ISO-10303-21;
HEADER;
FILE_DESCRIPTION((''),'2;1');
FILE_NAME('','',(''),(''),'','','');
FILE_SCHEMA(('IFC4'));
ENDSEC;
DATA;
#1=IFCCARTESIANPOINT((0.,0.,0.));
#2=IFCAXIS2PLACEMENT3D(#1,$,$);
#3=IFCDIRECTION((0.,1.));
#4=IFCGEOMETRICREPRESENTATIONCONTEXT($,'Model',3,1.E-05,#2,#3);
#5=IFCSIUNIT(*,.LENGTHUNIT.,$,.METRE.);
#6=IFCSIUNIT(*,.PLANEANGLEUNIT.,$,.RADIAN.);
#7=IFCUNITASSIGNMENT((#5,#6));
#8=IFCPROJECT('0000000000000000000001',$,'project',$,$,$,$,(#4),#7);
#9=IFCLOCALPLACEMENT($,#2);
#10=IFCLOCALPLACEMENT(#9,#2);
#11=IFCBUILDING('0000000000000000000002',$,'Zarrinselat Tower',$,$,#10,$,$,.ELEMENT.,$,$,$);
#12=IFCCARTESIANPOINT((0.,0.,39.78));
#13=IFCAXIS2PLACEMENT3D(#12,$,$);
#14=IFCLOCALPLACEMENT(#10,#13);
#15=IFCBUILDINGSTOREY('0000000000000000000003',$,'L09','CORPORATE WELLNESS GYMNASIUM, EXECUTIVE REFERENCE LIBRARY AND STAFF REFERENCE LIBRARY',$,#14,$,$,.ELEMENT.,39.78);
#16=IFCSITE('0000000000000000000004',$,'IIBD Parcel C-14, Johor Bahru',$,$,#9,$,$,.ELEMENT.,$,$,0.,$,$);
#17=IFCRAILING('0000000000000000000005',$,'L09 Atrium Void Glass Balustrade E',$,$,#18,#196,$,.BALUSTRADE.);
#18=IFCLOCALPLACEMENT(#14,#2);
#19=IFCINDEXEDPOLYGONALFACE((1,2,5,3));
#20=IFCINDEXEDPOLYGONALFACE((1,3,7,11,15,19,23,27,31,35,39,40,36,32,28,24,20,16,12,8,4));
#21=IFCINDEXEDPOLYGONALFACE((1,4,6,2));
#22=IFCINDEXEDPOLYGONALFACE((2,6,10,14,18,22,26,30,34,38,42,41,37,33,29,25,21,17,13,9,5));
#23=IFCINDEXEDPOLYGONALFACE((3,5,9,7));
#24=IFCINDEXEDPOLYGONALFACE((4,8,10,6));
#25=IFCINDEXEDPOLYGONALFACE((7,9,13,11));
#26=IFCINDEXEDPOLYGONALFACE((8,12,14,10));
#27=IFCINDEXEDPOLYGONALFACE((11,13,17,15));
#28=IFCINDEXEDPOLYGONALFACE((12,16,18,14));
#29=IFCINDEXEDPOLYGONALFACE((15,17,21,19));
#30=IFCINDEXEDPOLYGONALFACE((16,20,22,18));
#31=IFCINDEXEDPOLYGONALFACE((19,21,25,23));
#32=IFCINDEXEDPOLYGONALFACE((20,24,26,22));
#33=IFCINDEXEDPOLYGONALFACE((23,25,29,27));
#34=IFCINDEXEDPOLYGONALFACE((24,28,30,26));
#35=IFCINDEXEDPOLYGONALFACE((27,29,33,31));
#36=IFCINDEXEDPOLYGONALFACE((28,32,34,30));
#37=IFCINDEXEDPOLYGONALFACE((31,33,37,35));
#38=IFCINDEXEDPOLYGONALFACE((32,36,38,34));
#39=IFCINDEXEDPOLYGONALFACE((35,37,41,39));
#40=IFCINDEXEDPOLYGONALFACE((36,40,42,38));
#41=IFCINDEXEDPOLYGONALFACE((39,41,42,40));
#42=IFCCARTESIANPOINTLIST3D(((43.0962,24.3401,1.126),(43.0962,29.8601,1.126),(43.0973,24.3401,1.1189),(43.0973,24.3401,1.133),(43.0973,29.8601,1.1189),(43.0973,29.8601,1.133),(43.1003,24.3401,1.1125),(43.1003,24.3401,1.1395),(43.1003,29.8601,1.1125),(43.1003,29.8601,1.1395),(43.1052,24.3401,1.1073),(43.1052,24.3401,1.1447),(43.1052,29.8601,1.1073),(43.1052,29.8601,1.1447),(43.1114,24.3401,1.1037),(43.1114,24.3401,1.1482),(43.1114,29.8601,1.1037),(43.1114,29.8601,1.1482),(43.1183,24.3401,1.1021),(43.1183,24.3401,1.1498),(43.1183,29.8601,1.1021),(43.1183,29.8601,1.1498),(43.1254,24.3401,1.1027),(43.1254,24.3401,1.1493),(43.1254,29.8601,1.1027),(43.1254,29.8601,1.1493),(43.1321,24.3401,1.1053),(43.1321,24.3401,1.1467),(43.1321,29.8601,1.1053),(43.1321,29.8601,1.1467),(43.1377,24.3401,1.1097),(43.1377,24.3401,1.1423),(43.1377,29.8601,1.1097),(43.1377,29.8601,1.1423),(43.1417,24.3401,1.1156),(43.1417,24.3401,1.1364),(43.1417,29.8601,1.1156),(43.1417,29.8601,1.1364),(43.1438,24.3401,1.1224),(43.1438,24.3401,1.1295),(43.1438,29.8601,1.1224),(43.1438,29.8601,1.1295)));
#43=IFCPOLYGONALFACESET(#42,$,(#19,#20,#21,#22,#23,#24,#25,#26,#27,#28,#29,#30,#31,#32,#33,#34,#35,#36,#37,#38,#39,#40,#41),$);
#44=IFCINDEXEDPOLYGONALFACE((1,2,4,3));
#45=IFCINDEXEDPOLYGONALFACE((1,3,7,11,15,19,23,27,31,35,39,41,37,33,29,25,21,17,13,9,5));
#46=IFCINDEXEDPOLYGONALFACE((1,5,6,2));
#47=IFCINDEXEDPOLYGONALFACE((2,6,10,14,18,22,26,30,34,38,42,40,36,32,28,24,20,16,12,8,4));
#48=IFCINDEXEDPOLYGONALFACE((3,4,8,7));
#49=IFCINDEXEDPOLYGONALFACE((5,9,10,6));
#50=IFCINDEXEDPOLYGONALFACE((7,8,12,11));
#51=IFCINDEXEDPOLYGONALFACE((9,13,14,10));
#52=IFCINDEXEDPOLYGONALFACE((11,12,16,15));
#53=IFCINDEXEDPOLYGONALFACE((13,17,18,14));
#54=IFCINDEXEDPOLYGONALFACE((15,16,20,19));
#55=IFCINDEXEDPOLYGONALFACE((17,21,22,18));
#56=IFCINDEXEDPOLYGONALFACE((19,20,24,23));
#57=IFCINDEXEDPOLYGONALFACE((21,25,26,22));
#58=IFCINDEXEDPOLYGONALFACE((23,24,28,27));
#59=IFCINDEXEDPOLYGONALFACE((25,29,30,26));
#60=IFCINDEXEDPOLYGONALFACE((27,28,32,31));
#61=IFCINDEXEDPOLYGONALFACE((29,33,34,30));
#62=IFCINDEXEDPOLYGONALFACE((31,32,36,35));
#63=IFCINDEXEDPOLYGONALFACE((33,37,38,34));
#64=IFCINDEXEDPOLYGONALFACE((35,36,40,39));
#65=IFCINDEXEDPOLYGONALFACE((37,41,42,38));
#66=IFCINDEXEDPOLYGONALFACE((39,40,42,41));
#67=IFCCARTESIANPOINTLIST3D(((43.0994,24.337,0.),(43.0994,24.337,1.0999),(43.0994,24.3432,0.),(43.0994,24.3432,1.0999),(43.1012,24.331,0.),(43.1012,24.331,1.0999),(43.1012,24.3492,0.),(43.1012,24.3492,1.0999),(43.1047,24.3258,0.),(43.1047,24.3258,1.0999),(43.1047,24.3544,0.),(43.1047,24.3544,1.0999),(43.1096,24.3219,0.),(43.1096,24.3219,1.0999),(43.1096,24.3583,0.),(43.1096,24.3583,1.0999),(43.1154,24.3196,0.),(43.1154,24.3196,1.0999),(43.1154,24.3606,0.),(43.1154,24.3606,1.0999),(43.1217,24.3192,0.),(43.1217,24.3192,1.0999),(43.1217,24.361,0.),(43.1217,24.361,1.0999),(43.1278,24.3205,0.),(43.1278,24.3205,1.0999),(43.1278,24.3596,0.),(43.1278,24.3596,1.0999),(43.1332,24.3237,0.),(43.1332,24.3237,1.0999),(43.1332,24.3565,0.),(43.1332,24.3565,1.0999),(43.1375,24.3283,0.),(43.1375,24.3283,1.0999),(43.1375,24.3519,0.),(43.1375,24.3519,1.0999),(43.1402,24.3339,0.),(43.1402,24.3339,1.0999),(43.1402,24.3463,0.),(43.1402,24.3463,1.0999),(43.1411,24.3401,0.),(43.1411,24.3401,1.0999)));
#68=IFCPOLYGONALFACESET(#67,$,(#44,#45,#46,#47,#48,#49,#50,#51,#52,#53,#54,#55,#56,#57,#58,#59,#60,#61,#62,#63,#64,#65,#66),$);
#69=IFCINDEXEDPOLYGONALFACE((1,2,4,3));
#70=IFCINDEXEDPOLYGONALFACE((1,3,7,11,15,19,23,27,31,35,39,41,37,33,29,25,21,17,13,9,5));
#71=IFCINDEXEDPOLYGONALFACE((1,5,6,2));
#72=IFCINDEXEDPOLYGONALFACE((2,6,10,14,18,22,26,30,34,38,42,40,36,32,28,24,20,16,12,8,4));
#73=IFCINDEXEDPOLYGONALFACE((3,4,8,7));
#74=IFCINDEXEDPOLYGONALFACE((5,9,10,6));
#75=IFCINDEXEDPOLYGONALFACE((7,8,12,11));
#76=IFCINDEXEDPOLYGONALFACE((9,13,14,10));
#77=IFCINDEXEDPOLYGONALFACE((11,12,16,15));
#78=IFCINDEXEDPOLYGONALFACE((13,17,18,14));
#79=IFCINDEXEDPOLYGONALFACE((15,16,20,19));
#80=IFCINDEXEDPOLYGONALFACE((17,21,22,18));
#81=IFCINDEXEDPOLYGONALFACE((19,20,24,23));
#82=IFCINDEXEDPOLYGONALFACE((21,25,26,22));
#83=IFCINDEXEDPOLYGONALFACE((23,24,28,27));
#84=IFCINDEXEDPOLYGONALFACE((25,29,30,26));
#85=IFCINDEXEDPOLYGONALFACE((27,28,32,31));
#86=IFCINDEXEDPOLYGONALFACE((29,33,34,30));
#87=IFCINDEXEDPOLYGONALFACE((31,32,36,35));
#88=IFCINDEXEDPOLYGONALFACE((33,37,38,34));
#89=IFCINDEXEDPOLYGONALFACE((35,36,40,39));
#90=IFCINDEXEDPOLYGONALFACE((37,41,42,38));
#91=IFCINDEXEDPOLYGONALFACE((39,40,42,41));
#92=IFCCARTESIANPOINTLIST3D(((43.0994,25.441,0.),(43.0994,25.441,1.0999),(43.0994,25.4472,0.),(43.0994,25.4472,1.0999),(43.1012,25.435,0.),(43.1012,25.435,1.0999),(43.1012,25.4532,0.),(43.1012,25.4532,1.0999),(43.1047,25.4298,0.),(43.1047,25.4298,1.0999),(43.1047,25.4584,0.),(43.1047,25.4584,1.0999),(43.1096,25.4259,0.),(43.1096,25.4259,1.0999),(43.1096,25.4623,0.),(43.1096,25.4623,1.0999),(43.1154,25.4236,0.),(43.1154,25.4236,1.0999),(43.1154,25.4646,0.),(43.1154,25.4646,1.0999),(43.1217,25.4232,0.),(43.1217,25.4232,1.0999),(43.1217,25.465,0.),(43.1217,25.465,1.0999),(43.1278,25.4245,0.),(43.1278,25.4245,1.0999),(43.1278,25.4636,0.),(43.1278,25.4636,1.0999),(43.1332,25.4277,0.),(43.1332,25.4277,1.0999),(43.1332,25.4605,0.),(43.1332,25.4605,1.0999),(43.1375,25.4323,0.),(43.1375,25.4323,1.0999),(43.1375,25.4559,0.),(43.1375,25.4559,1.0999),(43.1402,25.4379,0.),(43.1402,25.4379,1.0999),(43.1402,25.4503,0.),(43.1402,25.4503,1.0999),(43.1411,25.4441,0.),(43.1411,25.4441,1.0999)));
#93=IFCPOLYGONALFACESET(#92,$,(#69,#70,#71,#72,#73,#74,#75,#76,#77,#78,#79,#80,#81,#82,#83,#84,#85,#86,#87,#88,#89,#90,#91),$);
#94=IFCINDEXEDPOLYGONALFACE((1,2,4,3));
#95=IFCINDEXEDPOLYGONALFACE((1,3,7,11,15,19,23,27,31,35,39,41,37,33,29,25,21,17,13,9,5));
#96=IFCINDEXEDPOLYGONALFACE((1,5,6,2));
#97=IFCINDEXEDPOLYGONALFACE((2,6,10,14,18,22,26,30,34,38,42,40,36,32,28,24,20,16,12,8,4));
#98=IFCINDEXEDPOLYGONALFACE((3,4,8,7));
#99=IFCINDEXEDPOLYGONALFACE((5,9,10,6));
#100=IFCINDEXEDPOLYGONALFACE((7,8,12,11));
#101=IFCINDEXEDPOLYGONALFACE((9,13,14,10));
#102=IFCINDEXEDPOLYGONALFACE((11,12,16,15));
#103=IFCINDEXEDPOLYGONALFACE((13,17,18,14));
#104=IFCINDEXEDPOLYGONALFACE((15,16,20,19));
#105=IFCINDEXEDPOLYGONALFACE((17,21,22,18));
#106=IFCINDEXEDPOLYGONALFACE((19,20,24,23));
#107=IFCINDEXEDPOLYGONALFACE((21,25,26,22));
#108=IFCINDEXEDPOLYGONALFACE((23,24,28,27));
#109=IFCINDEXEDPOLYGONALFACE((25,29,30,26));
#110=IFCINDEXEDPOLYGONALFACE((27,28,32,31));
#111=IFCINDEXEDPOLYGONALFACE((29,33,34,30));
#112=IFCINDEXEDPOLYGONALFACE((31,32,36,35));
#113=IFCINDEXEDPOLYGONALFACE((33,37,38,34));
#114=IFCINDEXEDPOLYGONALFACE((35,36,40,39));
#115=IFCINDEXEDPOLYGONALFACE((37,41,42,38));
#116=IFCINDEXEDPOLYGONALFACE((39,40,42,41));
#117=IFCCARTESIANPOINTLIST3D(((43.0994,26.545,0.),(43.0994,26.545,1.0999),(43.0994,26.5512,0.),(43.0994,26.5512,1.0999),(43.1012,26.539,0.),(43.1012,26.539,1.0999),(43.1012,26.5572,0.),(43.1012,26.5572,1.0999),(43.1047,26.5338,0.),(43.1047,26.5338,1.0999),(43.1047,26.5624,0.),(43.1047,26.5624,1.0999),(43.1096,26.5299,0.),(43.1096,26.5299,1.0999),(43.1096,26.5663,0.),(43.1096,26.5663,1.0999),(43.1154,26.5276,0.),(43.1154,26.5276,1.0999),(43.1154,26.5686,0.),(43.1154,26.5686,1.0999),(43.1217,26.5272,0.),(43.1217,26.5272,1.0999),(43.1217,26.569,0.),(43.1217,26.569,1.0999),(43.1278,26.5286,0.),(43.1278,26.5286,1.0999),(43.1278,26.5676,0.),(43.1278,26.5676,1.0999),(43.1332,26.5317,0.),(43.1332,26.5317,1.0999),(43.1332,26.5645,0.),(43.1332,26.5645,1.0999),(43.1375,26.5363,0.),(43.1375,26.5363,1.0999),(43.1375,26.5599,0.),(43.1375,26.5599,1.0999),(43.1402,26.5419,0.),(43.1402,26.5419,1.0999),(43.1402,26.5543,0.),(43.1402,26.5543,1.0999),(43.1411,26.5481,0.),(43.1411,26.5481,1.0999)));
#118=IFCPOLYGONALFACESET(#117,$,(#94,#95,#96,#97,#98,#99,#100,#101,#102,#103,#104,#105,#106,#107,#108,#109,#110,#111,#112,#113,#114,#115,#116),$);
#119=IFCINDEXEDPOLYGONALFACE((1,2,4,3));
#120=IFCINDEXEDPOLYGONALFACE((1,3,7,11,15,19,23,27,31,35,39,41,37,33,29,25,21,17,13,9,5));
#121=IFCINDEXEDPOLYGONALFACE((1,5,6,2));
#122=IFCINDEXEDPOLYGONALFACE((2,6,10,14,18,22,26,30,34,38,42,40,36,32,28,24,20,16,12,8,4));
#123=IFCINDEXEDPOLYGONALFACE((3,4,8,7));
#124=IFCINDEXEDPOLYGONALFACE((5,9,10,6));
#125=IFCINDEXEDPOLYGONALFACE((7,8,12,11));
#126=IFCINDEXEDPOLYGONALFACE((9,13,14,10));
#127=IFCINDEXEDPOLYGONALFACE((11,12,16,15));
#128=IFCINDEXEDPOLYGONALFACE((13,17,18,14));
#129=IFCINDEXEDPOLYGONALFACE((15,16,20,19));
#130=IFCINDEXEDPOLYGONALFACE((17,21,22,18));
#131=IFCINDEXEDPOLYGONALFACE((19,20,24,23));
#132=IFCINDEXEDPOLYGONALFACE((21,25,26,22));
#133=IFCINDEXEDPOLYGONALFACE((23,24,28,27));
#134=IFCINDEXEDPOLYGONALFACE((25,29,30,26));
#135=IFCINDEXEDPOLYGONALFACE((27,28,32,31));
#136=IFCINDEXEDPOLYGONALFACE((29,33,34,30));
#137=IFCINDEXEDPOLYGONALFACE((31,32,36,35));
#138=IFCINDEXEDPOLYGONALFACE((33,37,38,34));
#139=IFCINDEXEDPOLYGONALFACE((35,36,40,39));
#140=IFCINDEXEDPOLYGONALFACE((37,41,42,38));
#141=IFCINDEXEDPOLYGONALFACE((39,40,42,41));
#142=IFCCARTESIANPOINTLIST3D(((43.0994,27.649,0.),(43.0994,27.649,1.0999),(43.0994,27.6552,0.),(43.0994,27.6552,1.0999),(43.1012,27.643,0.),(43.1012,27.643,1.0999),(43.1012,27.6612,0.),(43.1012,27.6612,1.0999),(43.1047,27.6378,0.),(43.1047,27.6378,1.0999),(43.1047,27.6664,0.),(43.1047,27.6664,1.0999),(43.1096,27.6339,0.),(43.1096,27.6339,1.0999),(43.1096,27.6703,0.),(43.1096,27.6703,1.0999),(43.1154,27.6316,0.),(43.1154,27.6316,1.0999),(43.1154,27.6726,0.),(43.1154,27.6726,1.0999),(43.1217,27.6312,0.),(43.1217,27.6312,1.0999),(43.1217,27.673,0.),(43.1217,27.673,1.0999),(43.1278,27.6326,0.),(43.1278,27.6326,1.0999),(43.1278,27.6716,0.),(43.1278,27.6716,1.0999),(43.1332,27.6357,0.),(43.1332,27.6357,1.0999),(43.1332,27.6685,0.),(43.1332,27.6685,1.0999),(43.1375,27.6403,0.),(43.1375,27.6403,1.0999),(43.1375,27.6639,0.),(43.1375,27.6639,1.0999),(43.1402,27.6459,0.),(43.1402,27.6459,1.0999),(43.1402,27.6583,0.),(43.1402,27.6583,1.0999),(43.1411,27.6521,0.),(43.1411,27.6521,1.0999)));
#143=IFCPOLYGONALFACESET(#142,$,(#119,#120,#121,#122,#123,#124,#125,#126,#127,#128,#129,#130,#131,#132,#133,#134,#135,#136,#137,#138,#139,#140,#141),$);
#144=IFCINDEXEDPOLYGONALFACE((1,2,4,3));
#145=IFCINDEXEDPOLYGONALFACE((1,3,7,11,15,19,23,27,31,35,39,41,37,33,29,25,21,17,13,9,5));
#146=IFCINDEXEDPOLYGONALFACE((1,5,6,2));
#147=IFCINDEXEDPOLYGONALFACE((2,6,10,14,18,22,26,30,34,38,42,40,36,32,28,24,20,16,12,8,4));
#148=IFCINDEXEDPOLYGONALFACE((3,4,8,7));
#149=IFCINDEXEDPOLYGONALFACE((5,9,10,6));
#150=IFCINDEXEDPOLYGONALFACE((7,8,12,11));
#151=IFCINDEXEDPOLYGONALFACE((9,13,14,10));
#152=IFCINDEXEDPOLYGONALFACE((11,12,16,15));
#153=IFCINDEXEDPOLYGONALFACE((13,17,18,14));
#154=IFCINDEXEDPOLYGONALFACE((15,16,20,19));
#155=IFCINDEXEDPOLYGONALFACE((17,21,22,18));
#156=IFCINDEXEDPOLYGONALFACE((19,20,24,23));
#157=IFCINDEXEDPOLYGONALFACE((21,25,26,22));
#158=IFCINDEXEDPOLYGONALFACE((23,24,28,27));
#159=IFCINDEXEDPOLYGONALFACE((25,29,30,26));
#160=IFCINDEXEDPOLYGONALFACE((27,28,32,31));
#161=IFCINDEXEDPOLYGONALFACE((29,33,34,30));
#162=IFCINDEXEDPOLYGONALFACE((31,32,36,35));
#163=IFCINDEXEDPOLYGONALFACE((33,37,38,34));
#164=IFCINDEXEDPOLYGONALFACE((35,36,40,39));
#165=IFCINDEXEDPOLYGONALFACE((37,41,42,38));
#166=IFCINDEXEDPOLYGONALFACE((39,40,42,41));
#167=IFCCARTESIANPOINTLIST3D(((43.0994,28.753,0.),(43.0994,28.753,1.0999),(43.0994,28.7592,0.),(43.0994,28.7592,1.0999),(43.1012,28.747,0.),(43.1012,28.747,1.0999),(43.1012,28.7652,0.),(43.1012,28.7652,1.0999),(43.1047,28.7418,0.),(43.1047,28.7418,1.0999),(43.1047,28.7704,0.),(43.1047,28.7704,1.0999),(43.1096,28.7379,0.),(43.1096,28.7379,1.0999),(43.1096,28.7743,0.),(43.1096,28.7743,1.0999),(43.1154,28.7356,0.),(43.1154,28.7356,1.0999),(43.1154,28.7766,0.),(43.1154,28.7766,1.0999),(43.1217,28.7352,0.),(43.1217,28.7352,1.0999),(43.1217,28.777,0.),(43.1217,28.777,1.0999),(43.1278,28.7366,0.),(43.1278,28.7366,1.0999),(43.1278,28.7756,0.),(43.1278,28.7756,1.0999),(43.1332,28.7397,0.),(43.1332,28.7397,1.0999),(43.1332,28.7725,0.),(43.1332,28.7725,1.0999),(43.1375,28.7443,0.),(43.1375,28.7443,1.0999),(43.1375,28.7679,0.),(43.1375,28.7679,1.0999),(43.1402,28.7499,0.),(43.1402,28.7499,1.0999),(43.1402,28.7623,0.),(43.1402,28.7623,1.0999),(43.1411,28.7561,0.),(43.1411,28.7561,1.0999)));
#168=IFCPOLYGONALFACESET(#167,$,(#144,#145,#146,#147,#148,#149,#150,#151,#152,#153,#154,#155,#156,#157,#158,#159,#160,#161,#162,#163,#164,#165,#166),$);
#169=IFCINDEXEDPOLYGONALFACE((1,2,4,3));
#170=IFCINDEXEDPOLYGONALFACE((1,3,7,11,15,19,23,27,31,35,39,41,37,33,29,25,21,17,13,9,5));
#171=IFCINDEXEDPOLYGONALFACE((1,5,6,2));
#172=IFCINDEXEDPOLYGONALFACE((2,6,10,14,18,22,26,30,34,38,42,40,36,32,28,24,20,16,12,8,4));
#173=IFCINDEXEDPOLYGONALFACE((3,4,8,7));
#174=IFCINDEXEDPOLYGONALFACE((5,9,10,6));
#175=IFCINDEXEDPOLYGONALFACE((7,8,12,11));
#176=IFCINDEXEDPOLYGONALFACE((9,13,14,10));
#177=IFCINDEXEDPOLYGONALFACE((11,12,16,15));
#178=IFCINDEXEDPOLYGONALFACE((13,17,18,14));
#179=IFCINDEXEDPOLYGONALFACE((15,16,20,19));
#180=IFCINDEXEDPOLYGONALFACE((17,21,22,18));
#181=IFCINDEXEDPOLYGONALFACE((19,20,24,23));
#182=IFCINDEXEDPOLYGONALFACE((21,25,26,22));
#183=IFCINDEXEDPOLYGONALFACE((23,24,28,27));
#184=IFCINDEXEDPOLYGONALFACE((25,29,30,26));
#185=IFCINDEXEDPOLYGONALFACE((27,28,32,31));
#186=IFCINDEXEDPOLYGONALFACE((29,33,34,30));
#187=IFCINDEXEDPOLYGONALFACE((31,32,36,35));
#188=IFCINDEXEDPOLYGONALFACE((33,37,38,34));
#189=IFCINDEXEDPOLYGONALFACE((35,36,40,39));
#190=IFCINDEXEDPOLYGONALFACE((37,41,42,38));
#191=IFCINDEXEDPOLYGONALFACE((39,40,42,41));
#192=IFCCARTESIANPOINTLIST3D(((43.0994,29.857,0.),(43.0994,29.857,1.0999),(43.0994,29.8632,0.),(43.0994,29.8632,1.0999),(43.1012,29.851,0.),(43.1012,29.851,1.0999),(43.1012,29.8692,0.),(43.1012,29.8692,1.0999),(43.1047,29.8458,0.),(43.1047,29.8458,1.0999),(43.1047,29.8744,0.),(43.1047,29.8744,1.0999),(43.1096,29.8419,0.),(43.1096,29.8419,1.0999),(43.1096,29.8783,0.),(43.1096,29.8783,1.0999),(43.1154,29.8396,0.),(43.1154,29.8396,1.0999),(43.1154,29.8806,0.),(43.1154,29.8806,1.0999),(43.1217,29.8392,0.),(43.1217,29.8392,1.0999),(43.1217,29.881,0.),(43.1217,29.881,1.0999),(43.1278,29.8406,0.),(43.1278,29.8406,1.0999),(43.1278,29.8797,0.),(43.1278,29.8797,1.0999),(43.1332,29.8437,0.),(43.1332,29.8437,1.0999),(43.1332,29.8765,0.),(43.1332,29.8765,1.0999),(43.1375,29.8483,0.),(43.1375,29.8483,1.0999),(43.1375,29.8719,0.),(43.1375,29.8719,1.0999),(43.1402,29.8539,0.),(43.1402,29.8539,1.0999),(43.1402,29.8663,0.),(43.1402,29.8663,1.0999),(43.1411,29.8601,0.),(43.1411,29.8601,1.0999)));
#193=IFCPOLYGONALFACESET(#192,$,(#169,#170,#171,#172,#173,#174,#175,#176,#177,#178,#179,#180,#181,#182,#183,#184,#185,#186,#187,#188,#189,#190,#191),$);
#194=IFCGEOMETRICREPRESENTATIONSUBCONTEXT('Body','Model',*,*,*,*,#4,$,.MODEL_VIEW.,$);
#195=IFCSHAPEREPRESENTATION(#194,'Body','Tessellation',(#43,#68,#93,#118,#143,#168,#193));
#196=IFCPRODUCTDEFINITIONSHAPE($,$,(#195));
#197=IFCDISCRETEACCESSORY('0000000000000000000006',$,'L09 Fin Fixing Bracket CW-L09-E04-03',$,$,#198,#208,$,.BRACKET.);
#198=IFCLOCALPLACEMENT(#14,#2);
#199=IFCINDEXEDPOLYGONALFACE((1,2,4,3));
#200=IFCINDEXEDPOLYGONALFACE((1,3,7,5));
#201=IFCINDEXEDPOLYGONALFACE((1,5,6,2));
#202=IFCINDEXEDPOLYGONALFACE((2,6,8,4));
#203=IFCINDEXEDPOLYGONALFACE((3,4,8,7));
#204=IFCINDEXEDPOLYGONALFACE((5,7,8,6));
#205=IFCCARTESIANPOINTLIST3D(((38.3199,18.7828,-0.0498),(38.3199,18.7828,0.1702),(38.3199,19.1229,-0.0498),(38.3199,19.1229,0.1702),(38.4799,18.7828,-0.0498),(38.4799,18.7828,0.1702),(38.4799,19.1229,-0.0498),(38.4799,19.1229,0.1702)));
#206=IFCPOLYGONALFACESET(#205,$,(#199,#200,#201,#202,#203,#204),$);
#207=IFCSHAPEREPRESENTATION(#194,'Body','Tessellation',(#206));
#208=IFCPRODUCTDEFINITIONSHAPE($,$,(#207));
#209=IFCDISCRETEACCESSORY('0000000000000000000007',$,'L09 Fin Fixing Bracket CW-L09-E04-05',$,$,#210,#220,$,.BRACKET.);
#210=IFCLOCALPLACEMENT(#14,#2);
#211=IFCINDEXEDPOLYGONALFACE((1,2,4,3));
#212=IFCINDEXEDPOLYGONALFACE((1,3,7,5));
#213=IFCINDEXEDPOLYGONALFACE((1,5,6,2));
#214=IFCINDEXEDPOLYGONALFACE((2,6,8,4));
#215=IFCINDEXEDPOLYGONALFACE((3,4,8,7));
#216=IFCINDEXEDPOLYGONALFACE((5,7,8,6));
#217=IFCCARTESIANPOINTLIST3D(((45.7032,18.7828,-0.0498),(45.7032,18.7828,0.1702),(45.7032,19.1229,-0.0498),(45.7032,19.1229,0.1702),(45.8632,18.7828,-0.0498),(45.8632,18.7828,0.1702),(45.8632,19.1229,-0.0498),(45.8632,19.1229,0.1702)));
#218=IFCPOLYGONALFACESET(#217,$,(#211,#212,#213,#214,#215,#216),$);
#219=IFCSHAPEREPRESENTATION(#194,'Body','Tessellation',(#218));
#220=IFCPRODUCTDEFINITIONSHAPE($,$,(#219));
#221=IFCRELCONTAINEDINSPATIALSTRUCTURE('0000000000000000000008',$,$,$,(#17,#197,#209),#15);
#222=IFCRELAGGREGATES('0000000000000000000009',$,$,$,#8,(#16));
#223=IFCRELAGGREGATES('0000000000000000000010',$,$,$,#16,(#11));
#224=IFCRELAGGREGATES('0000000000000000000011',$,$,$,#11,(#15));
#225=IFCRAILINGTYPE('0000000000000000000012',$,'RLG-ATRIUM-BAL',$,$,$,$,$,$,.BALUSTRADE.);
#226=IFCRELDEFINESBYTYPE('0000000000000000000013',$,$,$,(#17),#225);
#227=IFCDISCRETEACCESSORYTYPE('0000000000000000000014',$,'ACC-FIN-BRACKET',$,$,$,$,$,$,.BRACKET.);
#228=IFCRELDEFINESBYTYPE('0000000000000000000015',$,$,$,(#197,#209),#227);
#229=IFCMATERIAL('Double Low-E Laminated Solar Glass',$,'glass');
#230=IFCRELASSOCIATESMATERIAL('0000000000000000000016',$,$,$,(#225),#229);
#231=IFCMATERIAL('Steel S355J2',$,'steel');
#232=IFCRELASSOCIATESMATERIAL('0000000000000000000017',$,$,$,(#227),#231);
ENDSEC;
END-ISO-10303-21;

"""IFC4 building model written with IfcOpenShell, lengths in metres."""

from ifc_helpers import new_model, si_unit, direction, frame, origin, origin_2d, place, context, subcontext, project, spatial, rectangle, circle, extrude, material, type_object, element, save


model = new_model("IFC4")

# Units and contexts
model_context = context("Model", 3, precision=1e-05, world=origin(), true_north=direction((0.0, 1.0)))
body_context = subcontext(model_context, "Body", "Model", "MODEL_VIEW")
ifc_project = project(units=[si_unit("LENGTHUNIT", "METRE"), si_unit("PLANEANGLEUNIT", "RADIAN")], contexts=[model_context])

# Site, building, storey
site_placement = place(None, origin())
site = spatial("IfcSite", under=ifc_project, at=site_placement, Name="IIBD Parcel C-14, Johor Bahru", CompositionType="ELEMENT", RefElevation=0.0)
building_placement = place(site_placement, origin())
building = spatial("IfcBuilding", under=site, at=building_placement, Name="Zarrinselat Tower", CompositionType="ELEMENT")
storey_placement = place(building_placement, frame((0.0, 0.0, 39.78)))
storey = spatial("IfcBuildingStorey", under=building, at=storey_placement, Name="L09", Description="CORPORATE WELLNESS GYMNASIUM, EXECUTIVE REFERENCE LIBRARY AND STAFF REFERENCE LIBRARY", CompositionType="ELEMENT", Elevation=39.78)

# Railing
ifc_material_1 = material(Name="Double Low-E Laminated Solar Glass", Category="glass")
railing_type = type_object("IfcRailingType", Name="RLG-ATRIUM-BAL", PredefinedType="BALUSTRADE", material=ifc_material_1)
railing_1_placement = place(storey_placement, frame((43.1201, 24.3401, 0.0)))
element("IfcRailing", 1, at=railing_1_placement, inside=storey, type_object=railing_type, Name="L09 Atrium Void Glass Balustrade E", PredefinedType="BALUSTRADE", context=body_context, shape_type="SweptSolid", body=[
    extrude(circle(Radius=0.0239, at=origin_2d()), frame((0.0, 0.0, 1.126), z_axis=(0.0, 1.0, 0.0), x_axis=(-1.0, 0.0, 0.0)), (0.0, 0.0, 1.0), 5.52),
    extrude(circle(Radius=0.021, at=origin_2d()), origin(), (0.0, 0.0, 1.0), 1.0999),
    extrude(circle(Radius=0.021, at=origin_2d()), frame((0.0, 1.104, 0.0)), (0.0, 0.0, 1.0), 1.0999),
    extrude(circle(Radius=0.021, at=origin_2d()), frame((0.0, 2.208, 0.0)), (0.0, 0.0, 1.0), 1.0999),
    extrude(circle(Radius=0.021, at=origin_2d()), frame((0.0, 3.312, 0.0)), (0.0, 0.0, 1.0), 1.0999),
    extrude(circle(Radius=0.021, at=origin_2d()), frame((0.0, 4.416, 0.0)), (0.0, 0.0, 1.0), 1.0999),
    extrude(circle(Radius=0.021, at=origin_2d()), frame((0.0, 5.52, 0.0)), (0.0, 0.0, 1.0), 1.0999),
])

# Discrete accessories
ifc_material_2 = material(Name="Steel S355J2", Category="steel")
discrete_accessory_type = type_object("IfcDiscreteAccessoryType", Name="ACC-FIN-BRACKET", PredefinedType="BRACKET", material=ifc_material_2)
for number, where, z_axis, x_axis, name in (
    (2, (38.3999, 18.9529, -0.0498), (0.0, 0.0, 1.0), (0.0, -1.0, 0.0), "L09 Fin Fixing Bracket CW-L09-E04-03"),
    (3, (45.7832, 18.9529, -0.0498), (0.0, 0.0, 1.0), (0.0, -1.0, 0.0), "L09 Fin Fixing Bracket CW-L09-E04-05"),
):
    element("IfcDiscreteAccessory", number, at=place(storey_placement, frame(where, z_axis=z_axis, x_axis=x_axis)), inside=storey, type_object=discrete_accessory_type, Name=name, PredefinedType="BRACKET", context=body_context, shape_type="SweptSolid", body=[
        extrude(rectangle(XDim=0.3401, YDim=0.1599, at=origin_2d()), origin(), (0.0, 0.0, 1.0), 0.22),
    ])

save(model, "model.ifc")
